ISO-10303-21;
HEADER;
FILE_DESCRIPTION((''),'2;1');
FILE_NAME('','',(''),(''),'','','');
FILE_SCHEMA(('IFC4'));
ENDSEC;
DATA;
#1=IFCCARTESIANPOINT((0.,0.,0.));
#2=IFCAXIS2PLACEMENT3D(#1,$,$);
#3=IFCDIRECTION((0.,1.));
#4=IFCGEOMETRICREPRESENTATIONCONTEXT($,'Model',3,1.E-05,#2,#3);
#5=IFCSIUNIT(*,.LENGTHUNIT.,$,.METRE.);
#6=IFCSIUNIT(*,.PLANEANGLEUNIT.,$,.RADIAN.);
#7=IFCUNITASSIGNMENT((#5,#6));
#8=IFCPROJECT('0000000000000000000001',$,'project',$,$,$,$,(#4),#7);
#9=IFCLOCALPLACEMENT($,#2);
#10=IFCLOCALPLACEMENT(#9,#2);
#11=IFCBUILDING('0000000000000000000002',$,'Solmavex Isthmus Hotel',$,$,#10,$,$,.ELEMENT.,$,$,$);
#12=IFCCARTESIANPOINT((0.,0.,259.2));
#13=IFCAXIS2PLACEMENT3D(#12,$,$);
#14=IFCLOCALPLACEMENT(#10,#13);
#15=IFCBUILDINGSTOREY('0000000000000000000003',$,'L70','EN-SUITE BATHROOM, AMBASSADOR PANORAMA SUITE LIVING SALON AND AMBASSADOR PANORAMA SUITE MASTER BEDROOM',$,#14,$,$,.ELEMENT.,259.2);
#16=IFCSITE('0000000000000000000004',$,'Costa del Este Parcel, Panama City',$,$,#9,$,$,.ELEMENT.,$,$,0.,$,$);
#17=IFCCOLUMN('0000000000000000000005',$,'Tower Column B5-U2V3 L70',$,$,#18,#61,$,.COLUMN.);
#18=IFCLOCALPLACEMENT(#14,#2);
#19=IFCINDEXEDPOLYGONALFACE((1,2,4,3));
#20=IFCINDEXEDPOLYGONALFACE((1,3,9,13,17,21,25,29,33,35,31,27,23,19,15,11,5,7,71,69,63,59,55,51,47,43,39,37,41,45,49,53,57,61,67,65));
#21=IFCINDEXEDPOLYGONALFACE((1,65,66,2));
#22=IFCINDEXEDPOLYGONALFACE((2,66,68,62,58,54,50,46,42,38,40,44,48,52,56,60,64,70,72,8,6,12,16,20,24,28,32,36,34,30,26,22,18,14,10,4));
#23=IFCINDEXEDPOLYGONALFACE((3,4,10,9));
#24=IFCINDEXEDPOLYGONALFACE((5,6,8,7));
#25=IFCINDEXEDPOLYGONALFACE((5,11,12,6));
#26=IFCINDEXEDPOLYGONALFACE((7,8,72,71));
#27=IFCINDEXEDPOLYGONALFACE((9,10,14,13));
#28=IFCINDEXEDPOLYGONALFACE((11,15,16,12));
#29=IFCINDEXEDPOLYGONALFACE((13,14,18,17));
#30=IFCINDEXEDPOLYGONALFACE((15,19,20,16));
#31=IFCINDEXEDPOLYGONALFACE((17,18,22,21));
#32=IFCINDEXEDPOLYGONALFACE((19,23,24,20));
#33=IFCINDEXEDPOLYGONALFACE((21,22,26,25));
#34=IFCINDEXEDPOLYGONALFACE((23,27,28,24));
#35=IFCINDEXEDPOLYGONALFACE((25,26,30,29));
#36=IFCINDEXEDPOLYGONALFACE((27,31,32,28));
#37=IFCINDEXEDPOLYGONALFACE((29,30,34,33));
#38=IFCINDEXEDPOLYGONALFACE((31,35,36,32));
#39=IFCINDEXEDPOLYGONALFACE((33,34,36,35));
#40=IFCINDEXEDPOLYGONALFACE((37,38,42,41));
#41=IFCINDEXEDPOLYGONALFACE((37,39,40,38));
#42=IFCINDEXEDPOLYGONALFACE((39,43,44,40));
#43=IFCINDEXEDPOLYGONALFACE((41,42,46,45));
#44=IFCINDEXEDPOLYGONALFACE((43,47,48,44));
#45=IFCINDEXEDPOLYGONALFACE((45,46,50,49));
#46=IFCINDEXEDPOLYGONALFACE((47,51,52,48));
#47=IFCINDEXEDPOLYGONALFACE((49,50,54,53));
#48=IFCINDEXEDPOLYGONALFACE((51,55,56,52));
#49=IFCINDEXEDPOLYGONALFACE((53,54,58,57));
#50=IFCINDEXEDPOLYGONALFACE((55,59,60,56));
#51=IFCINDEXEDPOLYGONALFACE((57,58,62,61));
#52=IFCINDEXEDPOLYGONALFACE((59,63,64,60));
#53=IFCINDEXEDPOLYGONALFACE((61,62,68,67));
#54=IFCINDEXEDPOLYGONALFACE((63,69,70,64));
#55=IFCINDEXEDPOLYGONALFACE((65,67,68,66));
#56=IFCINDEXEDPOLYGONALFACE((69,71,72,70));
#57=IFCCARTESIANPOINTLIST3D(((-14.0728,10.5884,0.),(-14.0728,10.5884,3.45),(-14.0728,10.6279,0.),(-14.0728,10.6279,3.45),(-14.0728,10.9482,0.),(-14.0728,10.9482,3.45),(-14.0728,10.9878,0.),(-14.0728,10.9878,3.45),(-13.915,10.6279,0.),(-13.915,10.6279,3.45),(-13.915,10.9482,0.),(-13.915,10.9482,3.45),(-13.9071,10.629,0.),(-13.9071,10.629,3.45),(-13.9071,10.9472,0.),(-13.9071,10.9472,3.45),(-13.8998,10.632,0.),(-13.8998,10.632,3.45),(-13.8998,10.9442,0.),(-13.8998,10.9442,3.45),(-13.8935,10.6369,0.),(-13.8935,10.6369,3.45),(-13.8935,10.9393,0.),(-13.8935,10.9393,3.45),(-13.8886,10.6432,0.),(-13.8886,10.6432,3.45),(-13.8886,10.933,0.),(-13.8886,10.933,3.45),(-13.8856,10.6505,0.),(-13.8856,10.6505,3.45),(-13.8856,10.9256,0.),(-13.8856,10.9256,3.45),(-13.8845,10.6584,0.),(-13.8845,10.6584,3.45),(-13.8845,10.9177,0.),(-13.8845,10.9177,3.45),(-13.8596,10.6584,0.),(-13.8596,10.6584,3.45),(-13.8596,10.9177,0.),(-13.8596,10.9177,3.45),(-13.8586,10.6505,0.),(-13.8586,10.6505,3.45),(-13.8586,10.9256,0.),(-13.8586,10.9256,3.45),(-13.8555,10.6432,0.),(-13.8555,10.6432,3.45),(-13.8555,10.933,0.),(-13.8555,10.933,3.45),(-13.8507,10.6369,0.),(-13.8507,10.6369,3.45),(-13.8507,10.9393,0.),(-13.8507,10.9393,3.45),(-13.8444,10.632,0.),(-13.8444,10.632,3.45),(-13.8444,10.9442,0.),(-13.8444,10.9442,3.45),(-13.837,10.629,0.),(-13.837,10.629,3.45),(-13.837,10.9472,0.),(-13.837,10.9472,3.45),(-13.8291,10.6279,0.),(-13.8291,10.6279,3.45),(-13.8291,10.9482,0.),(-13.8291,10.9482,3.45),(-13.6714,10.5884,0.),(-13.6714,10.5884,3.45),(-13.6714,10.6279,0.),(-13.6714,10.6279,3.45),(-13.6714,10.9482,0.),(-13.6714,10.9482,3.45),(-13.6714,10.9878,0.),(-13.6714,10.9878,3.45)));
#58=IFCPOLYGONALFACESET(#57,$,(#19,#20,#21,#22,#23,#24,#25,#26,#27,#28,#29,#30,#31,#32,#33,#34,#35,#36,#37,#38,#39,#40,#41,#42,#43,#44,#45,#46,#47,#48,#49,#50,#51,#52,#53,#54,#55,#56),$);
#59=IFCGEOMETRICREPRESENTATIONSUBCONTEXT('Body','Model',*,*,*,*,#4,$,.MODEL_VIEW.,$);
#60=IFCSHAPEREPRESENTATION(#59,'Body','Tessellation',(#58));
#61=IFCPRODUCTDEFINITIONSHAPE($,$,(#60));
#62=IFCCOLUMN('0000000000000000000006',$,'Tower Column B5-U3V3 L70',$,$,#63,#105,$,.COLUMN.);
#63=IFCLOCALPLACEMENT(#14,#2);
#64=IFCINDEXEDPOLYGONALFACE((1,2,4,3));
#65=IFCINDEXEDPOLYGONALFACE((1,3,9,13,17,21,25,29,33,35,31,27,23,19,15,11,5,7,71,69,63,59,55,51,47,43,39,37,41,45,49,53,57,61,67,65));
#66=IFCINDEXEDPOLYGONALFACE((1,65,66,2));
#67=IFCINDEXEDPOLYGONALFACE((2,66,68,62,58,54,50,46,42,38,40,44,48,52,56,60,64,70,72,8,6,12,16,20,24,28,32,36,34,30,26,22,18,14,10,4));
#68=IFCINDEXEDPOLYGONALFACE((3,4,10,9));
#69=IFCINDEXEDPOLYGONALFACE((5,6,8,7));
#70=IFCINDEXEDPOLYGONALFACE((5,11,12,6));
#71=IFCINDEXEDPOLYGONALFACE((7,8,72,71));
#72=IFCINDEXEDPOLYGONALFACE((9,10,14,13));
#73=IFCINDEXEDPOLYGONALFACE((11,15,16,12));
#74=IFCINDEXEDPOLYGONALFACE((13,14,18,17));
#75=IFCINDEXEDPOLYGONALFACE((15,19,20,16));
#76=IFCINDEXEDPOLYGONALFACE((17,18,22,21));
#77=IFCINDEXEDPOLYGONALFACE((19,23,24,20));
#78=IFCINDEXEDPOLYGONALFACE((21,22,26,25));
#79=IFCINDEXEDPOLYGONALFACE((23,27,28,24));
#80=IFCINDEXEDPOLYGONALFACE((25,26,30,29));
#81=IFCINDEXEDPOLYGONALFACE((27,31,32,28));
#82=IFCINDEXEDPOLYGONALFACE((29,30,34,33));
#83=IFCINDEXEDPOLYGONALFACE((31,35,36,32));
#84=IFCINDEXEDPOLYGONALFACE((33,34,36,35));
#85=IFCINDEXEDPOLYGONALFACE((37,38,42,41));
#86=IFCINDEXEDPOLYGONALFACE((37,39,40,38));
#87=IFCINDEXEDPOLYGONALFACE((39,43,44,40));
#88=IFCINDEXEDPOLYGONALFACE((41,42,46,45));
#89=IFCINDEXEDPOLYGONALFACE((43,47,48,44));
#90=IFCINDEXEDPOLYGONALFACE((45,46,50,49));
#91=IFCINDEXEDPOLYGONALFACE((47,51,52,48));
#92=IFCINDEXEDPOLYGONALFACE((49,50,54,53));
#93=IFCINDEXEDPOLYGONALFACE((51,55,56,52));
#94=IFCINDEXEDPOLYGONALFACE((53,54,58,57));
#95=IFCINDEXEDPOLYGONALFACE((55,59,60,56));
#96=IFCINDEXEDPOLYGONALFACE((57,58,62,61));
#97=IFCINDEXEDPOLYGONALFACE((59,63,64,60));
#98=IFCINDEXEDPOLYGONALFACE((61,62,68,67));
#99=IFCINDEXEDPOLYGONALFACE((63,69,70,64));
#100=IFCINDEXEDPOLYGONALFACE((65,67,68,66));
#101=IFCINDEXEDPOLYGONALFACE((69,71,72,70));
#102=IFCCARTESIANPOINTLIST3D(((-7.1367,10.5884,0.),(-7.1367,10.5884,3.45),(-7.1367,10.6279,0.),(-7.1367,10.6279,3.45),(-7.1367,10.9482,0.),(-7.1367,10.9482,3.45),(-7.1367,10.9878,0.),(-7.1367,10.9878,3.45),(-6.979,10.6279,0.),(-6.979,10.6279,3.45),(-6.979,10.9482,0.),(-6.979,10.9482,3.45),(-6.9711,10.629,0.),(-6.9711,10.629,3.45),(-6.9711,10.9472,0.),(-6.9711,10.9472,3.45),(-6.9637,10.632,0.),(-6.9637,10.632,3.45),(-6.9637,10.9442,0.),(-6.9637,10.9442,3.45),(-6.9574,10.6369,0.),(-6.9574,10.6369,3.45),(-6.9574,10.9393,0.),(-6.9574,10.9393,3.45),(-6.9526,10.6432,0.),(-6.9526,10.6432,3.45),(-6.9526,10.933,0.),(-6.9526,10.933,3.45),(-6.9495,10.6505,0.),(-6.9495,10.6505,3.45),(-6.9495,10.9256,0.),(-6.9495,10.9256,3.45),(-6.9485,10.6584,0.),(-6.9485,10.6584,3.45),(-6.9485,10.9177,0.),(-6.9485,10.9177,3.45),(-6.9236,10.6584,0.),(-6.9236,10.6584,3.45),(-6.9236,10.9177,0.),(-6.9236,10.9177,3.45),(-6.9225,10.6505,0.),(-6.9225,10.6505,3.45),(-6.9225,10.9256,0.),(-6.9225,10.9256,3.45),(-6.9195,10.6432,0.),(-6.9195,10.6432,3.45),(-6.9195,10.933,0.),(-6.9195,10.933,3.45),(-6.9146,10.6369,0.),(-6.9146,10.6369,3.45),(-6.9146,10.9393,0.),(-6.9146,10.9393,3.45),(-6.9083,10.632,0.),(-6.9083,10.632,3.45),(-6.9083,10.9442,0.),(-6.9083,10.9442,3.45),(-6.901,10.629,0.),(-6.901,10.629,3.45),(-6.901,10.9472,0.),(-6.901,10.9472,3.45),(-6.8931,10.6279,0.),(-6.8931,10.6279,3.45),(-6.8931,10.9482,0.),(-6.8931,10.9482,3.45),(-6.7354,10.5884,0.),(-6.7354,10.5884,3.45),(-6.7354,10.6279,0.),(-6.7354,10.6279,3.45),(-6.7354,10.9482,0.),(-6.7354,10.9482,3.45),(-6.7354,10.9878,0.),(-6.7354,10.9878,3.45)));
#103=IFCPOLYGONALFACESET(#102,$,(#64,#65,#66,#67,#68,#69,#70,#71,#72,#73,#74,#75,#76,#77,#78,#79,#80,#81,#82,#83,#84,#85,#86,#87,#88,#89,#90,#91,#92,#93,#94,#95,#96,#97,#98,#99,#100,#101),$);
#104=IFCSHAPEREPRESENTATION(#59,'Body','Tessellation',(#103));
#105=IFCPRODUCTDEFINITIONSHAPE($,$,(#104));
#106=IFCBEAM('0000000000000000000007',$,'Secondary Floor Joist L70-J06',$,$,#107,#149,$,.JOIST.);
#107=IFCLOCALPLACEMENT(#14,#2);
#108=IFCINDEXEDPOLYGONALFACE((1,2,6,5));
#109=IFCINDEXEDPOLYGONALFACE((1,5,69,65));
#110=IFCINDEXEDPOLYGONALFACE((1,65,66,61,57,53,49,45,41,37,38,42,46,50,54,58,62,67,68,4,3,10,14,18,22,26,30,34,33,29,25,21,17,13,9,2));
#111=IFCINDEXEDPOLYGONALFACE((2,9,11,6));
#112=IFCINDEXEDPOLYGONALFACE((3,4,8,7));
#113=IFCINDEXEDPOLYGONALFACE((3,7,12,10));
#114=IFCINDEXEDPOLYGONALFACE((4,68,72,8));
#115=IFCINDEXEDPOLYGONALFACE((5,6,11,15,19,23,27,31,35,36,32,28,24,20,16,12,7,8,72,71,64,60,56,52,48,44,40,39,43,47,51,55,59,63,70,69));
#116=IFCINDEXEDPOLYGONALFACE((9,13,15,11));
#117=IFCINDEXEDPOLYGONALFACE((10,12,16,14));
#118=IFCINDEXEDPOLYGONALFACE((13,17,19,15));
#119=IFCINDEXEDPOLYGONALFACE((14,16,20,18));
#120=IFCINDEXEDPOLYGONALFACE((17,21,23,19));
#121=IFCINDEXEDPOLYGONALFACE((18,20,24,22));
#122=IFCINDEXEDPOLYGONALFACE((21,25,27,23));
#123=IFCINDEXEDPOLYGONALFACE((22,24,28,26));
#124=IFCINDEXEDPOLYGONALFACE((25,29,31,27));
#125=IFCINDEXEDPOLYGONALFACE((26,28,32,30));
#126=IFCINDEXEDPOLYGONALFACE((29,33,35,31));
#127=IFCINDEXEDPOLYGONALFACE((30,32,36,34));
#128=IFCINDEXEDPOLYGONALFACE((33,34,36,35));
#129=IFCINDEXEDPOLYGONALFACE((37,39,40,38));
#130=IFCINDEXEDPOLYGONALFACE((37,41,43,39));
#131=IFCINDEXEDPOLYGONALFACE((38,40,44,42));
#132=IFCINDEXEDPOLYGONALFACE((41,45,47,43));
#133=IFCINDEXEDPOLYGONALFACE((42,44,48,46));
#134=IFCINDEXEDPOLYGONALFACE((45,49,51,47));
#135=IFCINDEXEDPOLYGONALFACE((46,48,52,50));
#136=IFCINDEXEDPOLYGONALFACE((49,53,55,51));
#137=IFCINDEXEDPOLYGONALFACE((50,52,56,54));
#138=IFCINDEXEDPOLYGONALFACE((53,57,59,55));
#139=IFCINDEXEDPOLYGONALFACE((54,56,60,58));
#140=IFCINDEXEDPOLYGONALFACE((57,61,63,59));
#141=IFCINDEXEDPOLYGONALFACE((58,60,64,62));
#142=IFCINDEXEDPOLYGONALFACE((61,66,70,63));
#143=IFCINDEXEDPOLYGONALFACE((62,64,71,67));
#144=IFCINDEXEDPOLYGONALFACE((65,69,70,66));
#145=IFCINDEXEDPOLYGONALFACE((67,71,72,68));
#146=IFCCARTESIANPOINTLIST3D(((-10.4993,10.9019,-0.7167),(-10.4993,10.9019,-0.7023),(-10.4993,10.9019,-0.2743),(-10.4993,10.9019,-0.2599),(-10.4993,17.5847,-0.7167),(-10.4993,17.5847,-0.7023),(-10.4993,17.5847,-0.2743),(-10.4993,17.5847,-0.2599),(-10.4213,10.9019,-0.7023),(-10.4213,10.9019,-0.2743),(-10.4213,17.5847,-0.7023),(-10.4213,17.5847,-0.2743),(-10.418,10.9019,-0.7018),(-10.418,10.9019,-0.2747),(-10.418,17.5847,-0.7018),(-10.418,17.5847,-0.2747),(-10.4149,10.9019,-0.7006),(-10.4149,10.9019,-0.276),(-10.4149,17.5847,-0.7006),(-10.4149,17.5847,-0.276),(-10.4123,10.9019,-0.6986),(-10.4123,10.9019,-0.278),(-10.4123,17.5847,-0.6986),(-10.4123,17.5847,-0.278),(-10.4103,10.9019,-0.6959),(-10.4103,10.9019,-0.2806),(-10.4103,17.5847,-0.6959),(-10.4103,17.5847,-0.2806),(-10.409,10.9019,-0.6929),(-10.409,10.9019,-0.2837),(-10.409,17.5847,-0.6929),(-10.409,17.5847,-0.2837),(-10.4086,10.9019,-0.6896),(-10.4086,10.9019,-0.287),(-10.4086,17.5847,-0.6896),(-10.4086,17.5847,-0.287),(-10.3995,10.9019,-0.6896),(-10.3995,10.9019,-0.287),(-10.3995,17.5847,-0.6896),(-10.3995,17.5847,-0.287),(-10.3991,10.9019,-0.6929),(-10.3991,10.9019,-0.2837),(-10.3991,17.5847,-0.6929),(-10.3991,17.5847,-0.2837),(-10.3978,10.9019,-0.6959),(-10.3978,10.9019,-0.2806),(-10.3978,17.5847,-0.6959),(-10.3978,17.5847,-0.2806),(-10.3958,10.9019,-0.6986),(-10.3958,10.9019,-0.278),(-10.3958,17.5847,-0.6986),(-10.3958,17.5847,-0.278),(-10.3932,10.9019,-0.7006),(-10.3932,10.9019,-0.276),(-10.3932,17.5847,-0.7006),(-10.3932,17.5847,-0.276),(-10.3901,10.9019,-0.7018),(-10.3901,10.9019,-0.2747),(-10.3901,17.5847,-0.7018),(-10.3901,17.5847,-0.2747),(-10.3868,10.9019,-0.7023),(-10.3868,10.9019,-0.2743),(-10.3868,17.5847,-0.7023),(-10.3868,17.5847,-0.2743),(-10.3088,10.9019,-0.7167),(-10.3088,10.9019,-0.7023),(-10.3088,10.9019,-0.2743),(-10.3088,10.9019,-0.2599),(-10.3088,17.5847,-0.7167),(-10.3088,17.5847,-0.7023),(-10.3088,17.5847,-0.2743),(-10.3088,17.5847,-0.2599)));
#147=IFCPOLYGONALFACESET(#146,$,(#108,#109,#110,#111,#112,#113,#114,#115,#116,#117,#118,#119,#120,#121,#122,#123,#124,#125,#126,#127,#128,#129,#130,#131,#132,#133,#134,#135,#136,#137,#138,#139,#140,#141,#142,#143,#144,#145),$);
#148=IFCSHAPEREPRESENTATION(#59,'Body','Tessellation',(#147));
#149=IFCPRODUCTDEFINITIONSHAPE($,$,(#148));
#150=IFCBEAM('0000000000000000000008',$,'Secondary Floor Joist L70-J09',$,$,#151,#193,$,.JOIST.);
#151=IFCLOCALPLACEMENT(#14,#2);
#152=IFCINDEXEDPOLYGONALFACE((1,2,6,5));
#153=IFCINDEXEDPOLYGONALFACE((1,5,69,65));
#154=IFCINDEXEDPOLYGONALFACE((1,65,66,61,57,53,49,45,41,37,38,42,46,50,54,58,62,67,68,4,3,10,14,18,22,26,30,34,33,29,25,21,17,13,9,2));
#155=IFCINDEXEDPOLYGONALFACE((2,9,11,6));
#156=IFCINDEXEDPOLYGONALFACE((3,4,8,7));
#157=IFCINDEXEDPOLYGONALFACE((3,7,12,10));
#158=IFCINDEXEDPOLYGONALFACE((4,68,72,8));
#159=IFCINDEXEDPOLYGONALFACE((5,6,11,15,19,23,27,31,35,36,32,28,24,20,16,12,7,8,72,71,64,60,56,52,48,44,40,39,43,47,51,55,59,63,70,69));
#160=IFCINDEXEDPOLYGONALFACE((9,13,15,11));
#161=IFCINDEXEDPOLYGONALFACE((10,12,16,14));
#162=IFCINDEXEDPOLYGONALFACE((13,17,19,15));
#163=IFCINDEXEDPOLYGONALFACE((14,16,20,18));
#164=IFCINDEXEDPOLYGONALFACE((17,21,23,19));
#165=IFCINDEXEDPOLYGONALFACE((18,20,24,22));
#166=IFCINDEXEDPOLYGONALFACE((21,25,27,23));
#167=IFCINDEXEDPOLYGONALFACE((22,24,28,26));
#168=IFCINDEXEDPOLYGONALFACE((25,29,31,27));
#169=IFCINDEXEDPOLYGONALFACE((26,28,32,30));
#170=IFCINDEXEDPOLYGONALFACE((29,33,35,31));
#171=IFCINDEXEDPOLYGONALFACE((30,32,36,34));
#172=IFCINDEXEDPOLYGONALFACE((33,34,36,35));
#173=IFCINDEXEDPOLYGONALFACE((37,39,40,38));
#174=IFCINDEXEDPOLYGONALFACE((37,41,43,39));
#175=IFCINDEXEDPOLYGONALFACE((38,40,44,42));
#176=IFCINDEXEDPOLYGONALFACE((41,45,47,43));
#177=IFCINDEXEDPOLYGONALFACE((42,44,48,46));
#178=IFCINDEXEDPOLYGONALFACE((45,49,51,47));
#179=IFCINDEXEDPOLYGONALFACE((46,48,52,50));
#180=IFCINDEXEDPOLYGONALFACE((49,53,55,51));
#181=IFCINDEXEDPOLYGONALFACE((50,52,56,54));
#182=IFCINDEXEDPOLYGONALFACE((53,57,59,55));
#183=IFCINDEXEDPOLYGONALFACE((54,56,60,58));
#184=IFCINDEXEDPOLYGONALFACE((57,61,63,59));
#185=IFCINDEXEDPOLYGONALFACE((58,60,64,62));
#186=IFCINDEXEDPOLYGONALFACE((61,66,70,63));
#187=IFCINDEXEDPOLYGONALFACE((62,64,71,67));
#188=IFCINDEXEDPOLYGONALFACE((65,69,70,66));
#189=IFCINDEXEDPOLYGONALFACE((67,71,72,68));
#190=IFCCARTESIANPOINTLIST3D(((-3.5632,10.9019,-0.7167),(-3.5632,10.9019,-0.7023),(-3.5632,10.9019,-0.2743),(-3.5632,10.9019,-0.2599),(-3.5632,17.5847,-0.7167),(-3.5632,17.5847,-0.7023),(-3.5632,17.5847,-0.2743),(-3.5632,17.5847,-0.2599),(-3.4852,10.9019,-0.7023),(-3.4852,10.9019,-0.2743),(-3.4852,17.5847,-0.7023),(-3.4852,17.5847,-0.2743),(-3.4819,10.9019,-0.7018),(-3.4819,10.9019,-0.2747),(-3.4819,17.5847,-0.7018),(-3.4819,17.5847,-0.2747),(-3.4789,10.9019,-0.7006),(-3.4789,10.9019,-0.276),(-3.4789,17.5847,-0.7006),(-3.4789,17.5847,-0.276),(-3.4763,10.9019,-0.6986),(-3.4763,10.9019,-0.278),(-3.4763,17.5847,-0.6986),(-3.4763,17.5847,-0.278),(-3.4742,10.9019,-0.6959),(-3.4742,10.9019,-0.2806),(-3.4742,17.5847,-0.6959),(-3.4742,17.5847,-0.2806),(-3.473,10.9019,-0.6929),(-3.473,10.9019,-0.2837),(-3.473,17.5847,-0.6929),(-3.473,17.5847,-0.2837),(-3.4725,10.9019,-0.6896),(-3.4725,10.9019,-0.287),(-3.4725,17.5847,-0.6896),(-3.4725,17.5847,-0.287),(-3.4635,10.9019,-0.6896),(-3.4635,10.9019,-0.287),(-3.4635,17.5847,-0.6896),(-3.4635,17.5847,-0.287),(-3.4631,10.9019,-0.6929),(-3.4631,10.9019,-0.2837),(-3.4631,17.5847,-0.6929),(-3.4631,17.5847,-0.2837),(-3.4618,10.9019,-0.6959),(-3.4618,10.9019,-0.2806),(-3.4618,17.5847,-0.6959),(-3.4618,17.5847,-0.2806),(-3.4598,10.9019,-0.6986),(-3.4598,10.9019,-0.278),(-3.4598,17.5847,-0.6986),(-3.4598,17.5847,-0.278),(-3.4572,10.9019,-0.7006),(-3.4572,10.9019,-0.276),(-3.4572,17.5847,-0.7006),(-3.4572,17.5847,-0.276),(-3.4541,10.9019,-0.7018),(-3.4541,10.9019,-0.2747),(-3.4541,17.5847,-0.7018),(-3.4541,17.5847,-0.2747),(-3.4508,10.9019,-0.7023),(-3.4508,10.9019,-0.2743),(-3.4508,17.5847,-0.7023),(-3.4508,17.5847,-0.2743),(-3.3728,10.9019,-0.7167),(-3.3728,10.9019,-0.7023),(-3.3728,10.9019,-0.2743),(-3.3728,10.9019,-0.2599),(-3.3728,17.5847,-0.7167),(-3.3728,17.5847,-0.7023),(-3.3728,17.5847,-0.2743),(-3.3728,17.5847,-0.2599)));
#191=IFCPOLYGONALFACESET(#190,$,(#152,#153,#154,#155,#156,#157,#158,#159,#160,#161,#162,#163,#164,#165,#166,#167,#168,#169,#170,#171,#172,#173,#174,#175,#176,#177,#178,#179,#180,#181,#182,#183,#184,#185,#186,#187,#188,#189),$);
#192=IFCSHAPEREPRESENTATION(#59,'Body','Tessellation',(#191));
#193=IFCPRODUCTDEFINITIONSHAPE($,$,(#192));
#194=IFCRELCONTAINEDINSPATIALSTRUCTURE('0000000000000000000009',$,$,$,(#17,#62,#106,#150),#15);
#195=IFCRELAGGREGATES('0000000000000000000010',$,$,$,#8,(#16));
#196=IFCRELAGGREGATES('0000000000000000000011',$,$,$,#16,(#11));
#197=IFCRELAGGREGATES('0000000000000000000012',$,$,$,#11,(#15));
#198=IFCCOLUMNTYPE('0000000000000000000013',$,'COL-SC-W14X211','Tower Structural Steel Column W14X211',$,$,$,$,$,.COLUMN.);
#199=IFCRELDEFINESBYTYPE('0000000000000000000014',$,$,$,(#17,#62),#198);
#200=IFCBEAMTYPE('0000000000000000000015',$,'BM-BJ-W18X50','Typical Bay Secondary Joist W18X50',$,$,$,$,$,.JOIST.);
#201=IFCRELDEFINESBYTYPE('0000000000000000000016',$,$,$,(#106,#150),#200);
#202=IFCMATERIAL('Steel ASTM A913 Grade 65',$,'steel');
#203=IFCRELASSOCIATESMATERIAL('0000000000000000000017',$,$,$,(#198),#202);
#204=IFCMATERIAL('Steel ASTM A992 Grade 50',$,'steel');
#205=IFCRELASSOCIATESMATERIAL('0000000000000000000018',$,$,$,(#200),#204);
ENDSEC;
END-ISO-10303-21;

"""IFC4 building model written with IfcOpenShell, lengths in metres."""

from ifc_helpers import new_model, si_unit, direction, frame, origin, origin_2d, place, context, subcontext, project, spatial, i_section, extrude, material, material_profile, profile_set, type_object, element, save


model = new_model("IFC4")

# Units and contexts
model_context = context("Model", 3, precision=1e-05, world=origin(), true_north=direction((0.0, 1.0)))
body_context = subcontext(model_context, "Body", "Model", "MODEL_VIEW")
ifc_project = project(units=[si_unit("LENGTHUNIT", "METRE"), si_unit("PLANEANGLEUNIT", "RADIAN")], contexts=[model_context])

# Site, building, storey
site_placement = place(None, origin())
site = spatial("IfcSite", under=ifc_project, at=site_placement, Name="Costa del Este Parcel, Panama City", CompositionType="ELEMENT", RefElevation=0.0)
building_placement = place(site_placement, origin())
building = spatial("IfcBuilding", under=site, at=building_placement, Name="Solmavex Isthmus Hotel", CompositionType="ELEMENT")
storey_placement = place(building_placement, frame((0.0, 0.0, 259.2)))
storey = spatial("IfcBuildingStorey", under=building, at=storey_placement, Name="L70", Description="EN-SUITE BATHROOM, AMBASSADOR PANORAMA SUITE LIVING SALON AND AMBASSADOR PANORAMA SUITE MASTER BEDROOM", CompositionType="ELEMENT", Elevation=259.2)

# Columns
ifc_material_1 = material(Name="Steel ASTM A913 Grade 65", Category="steel")
ifc_material_profile_1 = material_profile(ifc_material_1, i_section(OverallWidth=0.4014, OverallDepth=0.3994, WebThickness=0.0249, FlangeThickness=0.0396, FilletRadius=0.0305, at=origin_2d()), Name="W14X211")
ifc_profile_set_1 = profile_set([ifc_material_profile_1], Name="Steel ASTM A913 Grade 65")
column_type = type_object("IfcColumnType", Name="COL-SC-W14X211", Description="Tower Structural Steel Column W14X211", PredefinedType="COLUMN", material=ifc_profile_set_1)
for number, where, z_axis, x_axis, name in (
    (1, (-13.8721, 10.7881, 0.0), (0.0, 0.0, 1.0), (1.0, 0.0, 0.0), "Tower Column B5-U2V3 L70"),
    (2, (-6.936, 10.7881, 0.0), (0.0, 0.0, 1.0), (1.0, 0.0, 0.0), "Tower Column B5-U3V3 L70"),
):
    element("IfcColumn", number, at=place(storey_placement, frame(where, z_axis=z_axis, x_axis=x_axis)), inside=storey, type_object=column_type, Name=name, PredefinedType="COLUMN", context=body_context, shape_type="SweptSolid", body=[
        extrude(i_section(OverallWidth=0.4014, OverallDepth=0.3994, WebThickness=0.0249, FlangeThickness=0.0396, FilletRadius=0.0305, at=origin_2d()), origin(), (0.0, 0.0, 1.0), 3.45),
    ])

# Beams
ifc_material_2 = material(Name="Steel ASTM A992 Grade 50", Category="steel")
ifc_material_profile_2 = material_profile(ifc_material_2, i_section(OverallWidth=0.1904, OverallDepth=0.4568, WebThickness=0.009, FlangeThickness=0.0144, FilletRadius=0.0127, at=origin_2d()), Name="W18X50")
ifc_profile_set_2 = profile_set([ifc_material_profile_2], Name="Steel ASTM A992 Grade 50")
beam_type_1 = type_object("IfcBeamType", Name="BM-BJ-W18X50", Description="Typical Bay Secondary Joist W18X50", PredefinedType="JOIST", material=ifc_profile_set_2)
for number, where, z_axis, x_axis, name in (
    (3, (-10.4041, 10.9019, -0.4883), (0.0, 1.0, 0.0), (-1.0, 0.0, 0.0), "Secondary Floor Joist L70-J06"),
    (4, (-3.468, 10.9019, -0.4883), (0.0, 1.0, 0.0), (-1.0, 0.0, 0.0), "Secondary Floor Joist L70-J09"),
):
    element("IfcBeam", number, at=place(storey_placement, frame(where, z_axis=z_axis, x_axis=x_axis)), inside=storey, type_object=beam_type_1, Name=name, PredefinedType="JOIST", context=body_context, shape_type="SweptSolid", body=[
        extrude(i_section(OverallWidth=0.1904, OverallDepth=0.4568, WebThickness=0.009, FlangeThickness=0.0144, FilletRadius=0.0127, at=origin_2d()), origin(), (0.0, 0.0, 1.0), 6.6829),
    ])

save(model, "model.ifc")
